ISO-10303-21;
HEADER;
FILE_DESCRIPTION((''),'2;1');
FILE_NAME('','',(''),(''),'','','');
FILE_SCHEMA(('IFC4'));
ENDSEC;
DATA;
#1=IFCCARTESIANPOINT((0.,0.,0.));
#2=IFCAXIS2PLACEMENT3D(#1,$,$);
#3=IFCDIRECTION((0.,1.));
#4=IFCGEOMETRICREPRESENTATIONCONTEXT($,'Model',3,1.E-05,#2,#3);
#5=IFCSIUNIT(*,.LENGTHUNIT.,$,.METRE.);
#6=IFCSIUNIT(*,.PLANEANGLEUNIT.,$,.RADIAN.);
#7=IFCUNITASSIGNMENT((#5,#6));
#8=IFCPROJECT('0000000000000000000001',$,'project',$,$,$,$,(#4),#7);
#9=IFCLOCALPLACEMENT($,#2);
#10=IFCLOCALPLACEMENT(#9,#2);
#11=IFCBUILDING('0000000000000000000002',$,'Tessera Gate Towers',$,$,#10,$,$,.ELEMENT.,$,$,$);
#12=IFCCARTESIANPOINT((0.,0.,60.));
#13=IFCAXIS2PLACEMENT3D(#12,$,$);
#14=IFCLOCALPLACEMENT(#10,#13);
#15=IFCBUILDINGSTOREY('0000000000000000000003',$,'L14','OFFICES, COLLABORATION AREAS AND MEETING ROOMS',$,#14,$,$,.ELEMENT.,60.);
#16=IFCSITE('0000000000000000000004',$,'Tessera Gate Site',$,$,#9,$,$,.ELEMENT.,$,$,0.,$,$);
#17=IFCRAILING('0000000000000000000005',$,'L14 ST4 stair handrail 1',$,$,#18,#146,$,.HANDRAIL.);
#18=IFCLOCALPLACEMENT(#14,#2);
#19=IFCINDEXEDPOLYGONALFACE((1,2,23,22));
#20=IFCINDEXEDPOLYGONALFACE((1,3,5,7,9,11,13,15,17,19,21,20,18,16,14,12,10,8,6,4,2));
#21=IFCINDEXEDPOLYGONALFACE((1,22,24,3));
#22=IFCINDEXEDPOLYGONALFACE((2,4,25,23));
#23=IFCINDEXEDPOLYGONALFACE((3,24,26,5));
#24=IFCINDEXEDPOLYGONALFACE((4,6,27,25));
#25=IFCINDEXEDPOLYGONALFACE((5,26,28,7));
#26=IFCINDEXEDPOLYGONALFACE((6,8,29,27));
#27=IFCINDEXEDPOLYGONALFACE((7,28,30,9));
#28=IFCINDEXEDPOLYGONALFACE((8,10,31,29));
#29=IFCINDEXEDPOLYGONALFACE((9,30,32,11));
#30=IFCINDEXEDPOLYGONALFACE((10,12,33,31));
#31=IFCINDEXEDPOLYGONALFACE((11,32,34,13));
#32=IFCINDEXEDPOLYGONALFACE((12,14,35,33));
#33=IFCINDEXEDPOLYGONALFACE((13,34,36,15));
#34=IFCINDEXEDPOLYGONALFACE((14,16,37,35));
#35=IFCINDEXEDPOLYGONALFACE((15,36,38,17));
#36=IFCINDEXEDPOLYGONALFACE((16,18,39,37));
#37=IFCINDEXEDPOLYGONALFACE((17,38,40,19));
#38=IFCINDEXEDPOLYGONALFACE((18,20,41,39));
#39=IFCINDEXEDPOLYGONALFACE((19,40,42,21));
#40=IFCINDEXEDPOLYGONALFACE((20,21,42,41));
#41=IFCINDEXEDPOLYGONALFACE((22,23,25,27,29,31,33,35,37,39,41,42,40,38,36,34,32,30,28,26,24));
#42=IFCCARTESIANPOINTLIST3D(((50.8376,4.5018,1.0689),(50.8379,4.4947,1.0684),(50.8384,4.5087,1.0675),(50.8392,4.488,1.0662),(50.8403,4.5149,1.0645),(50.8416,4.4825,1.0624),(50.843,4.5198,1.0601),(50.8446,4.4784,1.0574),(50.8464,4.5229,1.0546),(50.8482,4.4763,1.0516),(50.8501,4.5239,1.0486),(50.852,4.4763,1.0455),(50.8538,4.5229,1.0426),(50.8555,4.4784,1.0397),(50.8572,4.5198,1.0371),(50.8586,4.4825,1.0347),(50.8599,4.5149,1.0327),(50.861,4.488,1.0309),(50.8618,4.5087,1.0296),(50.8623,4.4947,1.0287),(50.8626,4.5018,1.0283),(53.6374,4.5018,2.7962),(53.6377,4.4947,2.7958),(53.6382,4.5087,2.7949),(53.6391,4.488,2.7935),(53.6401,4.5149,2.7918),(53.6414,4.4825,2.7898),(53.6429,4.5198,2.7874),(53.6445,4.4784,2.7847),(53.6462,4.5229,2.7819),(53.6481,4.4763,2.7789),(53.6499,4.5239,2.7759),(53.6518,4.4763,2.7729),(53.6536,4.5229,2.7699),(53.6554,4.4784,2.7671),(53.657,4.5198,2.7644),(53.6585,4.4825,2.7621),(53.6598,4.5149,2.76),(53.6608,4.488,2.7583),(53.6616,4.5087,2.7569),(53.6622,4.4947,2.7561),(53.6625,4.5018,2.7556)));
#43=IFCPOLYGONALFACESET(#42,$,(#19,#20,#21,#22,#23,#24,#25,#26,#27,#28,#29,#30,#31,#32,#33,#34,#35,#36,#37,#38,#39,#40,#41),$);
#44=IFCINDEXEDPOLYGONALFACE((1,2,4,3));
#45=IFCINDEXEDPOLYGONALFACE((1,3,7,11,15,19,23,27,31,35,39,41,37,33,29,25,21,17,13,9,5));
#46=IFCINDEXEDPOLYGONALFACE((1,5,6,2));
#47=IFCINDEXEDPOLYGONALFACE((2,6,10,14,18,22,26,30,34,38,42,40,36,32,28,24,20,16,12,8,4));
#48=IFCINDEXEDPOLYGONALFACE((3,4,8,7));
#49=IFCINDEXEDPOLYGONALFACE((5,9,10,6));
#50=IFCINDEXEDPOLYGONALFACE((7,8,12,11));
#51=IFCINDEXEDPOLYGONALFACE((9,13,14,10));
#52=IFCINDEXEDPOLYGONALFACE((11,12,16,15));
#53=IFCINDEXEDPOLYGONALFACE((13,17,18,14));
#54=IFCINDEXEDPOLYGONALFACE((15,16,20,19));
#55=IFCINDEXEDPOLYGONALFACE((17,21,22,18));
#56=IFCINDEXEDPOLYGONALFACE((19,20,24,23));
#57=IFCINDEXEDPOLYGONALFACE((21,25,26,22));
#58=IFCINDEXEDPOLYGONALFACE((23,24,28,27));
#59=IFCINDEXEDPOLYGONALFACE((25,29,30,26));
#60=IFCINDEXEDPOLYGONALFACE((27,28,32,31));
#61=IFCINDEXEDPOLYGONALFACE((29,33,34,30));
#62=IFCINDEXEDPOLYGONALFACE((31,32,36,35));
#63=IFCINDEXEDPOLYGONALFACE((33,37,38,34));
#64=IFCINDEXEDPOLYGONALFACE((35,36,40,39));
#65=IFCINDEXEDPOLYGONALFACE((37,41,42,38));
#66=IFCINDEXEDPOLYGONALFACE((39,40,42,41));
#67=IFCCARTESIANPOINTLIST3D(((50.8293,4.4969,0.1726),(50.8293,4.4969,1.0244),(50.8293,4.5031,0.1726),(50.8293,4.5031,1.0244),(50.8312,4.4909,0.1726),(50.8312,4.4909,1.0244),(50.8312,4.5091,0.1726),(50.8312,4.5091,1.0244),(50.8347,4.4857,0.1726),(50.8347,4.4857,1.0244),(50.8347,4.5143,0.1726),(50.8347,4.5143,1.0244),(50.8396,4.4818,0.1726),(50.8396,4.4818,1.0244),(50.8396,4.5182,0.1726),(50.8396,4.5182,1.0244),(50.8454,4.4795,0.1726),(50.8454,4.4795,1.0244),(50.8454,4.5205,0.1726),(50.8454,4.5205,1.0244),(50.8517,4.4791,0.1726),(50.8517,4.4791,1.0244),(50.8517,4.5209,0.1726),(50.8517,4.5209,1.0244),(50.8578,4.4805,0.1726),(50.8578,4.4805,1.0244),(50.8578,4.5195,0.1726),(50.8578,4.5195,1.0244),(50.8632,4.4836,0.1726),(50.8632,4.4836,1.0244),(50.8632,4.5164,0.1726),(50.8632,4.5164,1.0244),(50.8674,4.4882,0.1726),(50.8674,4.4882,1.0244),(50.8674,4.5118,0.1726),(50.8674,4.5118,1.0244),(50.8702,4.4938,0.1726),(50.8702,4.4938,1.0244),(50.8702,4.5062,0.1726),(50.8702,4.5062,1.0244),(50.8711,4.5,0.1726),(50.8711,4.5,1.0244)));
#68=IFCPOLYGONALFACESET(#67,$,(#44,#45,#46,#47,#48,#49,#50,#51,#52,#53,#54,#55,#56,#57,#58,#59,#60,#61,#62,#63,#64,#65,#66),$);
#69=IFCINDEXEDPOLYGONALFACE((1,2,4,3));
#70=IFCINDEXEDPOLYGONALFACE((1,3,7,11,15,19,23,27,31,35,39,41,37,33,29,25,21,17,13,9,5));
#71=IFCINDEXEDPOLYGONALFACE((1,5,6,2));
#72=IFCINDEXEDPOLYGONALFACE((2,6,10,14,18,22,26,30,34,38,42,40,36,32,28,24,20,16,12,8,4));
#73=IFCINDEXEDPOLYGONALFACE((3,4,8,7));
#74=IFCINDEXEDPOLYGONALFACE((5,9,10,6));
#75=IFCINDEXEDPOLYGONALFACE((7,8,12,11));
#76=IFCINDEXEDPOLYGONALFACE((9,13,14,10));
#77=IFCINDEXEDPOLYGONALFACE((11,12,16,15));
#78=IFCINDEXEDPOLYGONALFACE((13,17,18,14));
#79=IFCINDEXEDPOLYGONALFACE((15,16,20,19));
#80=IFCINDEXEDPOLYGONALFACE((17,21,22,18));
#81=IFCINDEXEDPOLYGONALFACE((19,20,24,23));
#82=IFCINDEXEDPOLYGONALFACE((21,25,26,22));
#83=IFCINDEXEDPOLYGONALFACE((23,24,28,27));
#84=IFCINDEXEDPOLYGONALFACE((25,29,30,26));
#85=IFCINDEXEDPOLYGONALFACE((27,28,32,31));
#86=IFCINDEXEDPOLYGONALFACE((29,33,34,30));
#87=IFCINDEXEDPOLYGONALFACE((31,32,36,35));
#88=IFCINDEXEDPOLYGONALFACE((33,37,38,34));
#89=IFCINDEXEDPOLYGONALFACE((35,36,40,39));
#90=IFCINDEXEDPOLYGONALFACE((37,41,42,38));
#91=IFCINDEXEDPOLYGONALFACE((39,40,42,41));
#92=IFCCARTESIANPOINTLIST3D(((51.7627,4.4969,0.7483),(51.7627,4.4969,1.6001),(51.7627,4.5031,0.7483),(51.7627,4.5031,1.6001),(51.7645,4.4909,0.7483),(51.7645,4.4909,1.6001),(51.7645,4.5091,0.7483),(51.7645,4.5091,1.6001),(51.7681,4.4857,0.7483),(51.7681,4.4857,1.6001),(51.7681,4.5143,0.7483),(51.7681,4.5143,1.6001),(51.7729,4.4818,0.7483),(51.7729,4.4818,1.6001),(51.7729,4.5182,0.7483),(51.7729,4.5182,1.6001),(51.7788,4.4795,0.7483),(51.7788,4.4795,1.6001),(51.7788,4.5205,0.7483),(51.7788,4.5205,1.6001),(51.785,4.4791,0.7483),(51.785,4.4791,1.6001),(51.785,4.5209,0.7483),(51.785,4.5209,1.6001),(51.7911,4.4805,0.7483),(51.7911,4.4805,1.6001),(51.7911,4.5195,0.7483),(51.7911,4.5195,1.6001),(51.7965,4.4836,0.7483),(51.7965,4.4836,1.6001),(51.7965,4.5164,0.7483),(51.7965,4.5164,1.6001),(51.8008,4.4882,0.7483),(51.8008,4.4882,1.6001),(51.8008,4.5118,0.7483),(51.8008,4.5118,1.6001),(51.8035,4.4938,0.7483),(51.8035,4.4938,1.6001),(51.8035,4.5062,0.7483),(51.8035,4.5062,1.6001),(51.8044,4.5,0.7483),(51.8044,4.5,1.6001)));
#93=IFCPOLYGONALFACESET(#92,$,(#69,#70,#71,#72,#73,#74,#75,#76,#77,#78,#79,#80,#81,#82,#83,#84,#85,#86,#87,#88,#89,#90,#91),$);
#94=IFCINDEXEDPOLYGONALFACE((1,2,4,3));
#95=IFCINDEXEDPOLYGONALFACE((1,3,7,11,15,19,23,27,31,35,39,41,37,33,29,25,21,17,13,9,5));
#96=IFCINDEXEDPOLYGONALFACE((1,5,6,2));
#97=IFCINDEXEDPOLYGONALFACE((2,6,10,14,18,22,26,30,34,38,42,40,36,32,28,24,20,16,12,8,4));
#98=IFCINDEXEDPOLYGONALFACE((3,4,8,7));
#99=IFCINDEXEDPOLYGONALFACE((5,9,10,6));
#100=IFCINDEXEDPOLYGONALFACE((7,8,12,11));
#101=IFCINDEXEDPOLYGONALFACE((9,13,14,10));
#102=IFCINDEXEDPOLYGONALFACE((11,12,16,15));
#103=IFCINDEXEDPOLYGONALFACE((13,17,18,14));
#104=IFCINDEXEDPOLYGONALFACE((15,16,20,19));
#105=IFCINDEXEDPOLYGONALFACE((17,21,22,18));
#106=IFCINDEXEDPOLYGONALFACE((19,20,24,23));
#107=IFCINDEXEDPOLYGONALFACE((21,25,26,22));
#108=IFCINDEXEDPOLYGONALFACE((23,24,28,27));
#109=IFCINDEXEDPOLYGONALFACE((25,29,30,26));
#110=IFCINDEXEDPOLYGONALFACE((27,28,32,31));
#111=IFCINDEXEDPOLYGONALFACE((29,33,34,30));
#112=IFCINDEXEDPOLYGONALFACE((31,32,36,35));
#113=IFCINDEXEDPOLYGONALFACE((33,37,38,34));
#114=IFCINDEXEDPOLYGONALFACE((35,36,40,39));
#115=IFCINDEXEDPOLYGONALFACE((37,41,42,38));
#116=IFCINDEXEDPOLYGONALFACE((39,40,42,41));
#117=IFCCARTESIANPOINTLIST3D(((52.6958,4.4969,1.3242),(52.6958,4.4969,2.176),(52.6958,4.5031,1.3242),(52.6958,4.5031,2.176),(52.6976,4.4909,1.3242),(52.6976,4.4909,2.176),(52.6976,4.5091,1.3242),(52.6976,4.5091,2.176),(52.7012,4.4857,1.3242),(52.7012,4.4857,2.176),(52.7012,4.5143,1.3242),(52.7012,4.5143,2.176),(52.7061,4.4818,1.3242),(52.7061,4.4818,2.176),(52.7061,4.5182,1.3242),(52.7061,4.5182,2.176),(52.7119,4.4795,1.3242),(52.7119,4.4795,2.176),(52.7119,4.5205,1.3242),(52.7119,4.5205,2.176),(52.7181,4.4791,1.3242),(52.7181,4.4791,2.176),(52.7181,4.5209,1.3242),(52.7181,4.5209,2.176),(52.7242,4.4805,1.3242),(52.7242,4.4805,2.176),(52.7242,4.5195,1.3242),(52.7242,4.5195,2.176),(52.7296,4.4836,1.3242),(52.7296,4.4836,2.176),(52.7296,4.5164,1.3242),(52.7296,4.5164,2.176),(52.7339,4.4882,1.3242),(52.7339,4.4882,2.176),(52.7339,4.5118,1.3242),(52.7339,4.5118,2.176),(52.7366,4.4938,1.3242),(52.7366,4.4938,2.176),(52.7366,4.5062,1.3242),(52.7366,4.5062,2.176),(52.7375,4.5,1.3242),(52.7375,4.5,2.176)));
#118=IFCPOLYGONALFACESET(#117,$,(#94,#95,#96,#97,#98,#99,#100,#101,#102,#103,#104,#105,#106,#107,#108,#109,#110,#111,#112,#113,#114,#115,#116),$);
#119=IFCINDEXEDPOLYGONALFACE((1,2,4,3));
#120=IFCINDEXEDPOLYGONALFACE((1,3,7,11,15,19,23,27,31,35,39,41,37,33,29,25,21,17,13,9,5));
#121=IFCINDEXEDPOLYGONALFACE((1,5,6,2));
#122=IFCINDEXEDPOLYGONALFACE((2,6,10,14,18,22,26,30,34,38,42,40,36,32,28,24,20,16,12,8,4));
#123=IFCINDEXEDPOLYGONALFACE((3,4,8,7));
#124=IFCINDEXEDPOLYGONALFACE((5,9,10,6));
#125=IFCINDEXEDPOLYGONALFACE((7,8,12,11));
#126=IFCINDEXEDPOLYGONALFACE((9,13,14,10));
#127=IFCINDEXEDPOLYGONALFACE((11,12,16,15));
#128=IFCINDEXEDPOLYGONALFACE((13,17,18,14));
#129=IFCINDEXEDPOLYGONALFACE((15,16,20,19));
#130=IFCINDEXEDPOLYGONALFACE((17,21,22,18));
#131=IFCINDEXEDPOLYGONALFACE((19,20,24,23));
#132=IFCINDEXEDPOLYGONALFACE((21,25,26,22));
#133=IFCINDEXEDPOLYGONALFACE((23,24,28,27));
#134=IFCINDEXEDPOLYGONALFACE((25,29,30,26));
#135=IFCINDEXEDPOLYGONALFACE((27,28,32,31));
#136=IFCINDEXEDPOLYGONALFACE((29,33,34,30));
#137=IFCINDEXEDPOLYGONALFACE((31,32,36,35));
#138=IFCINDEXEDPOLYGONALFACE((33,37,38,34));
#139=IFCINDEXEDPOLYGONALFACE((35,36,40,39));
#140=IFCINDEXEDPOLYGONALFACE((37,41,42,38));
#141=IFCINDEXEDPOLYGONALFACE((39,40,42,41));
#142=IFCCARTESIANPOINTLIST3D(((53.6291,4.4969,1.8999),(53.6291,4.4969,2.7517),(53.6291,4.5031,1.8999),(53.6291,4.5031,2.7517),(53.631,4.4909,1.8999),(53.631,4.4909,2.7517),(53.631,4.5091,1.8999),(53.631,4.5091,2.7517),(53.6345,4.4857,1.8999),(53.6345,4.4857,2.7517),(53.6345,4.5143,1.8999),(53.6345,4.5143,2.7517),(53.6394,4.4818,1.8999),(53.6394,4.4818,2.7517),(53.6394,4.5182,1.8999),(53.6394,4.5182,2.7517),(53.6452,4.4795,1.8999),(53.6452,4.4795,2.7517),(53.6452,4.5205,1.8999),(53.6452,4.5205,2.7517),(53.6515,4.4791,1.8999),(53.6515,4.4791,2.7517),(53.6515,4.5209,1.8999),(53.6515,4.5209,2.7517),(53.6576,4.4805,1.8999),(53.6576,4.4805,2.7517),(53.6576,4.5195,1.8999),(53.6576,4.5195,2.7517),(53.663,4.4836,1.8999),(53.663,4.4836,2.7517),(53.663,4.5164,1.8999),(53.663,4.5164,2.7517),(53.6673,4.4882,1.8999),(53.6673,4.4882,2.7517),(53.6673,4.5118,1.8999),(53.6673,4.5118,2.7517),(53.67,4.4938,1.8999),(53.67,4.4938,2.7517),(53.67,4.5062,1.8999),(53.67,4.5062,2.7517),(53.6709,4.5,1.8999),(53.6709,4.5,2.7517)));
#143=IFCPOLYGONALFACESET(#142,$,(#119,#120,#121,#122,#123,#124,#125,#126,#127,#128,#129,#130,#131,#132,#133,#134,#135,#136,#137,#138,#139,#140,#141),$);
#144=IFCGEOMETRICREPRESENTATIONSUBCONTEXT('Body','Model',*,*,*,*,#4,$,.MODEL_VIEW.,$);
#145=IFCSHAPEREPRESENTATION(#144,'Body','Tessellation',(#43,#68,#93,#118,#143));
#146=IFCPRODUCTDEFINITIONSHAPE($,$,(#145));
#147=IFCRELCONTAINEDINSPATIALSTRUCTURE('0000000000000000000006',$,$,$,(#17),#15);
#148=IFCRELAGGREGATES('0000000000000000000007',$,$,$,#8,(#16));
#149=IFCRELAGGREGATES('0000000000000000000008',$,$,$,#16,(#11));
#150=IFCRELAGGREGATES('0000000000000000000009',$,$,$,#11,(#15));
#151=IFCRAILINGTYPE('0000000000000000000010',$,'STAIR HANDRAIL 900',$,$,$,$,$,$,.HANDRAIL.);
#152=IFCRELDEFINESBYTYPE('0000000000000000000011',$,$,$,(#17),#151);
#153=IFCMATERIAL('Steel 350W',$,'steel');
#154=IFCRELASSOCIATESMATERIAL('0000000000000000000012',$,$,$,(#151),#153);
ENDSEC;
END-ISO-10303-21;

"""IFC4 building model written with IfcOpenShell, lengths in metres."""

from ifc_helpers import new_model, si_unit, direction, frame, origin, origin_2d, place, context, subcontext, project, spatial, circle, extrude, material, type_object, element, save


model = new_model("IFC4")

# Units and contexts
model_context = context("Model", 3, precision=1e-05, world=origin(), true_north=direction((0.0, 1.0)))
body_context = subcontext(model_context, "Body", "Model", "MODEL_VIEW")
ifc_project = project(units=[si_unit("LENGTHUNIT", "METRE"), si_unit("PLANEANGLEUNIT", "RADIAN")], contexts=[model_context])

# Site, building, storey
site_placement = place(None, origin())
site = spatial("IfcSite", under=ifc_project, at=site_placement, Name="Tessera Gate Site", CompositionType="ELEMENT", RefElevation=0.0)
building_placement = place(site_placement, origin())
building = spatial("IfcBuilding", under=site, at=building_placement, Name="Tessera Gate Towers", CompositionType="ELEMENT")
storey_placement = place(building_placement, frame((0.0, 0.0, 60.0)))
storey = spatial("IfcBuildingStorey", under=building, at=storey_placement, Name="L14", Description="OFFICES, COLLABORATION AREAS AND MEETING ROOMS", CompositionType="ELEMENT", Elevation=60.0)

# Railing
ifc_material_1 = material(Name="Steel 350W", Category="steel")
railing_type_1 = type_object("IfcRailingType", Name="STAIR HANDRAIL 900", PredefinedType="HANDRAIL", material=ifc_material_1)
railing_1_placement = place(storey_placement, frame((50.8501, 4.5, 0.1726)))
element("IfcRailing", 1, at=railing_1_placement, inside=storey, type_object=railing_type_1, Name="L14 ST4 stair handrail 1", PredefinedType="HANDRAIL", context=body_context, shape_type="SweptSolid", body=[
    extrude(circle(Radius=0.0239, at=origin_2d()), frame((0.0, 0.0, 0.876), z_axis=(0.851069, 0.0, 0.525054), x_axis=(0.0, 1.0, 0.0)), (0.0, 0.0, 1.0), 3.2898),
    extrude(circle(Radius=0.021, at=origin_2d()), origin(), (0.0, 0.0, 1.0), 0.8518),
    extrude(circle(Radius=0.021, at=origin_2d()), frame((0.9333, 0.0, 0.5757)), (0.0, 0.0, 1.0), 0.8518),
    extrude(circle(Radius=0.021, at=origin_2d()), frame((1.8665, 0.0, 1.1516)), (0.0, 0.0, 1.0), 0.8518),
    extrude(circle(Radius=0.021, at=origin_2d()), frame((2.7998, 0.0, 1.7273)), (0.0, 0.0, 1.0), 0.8518),
])

save(model, "model.ifc")
